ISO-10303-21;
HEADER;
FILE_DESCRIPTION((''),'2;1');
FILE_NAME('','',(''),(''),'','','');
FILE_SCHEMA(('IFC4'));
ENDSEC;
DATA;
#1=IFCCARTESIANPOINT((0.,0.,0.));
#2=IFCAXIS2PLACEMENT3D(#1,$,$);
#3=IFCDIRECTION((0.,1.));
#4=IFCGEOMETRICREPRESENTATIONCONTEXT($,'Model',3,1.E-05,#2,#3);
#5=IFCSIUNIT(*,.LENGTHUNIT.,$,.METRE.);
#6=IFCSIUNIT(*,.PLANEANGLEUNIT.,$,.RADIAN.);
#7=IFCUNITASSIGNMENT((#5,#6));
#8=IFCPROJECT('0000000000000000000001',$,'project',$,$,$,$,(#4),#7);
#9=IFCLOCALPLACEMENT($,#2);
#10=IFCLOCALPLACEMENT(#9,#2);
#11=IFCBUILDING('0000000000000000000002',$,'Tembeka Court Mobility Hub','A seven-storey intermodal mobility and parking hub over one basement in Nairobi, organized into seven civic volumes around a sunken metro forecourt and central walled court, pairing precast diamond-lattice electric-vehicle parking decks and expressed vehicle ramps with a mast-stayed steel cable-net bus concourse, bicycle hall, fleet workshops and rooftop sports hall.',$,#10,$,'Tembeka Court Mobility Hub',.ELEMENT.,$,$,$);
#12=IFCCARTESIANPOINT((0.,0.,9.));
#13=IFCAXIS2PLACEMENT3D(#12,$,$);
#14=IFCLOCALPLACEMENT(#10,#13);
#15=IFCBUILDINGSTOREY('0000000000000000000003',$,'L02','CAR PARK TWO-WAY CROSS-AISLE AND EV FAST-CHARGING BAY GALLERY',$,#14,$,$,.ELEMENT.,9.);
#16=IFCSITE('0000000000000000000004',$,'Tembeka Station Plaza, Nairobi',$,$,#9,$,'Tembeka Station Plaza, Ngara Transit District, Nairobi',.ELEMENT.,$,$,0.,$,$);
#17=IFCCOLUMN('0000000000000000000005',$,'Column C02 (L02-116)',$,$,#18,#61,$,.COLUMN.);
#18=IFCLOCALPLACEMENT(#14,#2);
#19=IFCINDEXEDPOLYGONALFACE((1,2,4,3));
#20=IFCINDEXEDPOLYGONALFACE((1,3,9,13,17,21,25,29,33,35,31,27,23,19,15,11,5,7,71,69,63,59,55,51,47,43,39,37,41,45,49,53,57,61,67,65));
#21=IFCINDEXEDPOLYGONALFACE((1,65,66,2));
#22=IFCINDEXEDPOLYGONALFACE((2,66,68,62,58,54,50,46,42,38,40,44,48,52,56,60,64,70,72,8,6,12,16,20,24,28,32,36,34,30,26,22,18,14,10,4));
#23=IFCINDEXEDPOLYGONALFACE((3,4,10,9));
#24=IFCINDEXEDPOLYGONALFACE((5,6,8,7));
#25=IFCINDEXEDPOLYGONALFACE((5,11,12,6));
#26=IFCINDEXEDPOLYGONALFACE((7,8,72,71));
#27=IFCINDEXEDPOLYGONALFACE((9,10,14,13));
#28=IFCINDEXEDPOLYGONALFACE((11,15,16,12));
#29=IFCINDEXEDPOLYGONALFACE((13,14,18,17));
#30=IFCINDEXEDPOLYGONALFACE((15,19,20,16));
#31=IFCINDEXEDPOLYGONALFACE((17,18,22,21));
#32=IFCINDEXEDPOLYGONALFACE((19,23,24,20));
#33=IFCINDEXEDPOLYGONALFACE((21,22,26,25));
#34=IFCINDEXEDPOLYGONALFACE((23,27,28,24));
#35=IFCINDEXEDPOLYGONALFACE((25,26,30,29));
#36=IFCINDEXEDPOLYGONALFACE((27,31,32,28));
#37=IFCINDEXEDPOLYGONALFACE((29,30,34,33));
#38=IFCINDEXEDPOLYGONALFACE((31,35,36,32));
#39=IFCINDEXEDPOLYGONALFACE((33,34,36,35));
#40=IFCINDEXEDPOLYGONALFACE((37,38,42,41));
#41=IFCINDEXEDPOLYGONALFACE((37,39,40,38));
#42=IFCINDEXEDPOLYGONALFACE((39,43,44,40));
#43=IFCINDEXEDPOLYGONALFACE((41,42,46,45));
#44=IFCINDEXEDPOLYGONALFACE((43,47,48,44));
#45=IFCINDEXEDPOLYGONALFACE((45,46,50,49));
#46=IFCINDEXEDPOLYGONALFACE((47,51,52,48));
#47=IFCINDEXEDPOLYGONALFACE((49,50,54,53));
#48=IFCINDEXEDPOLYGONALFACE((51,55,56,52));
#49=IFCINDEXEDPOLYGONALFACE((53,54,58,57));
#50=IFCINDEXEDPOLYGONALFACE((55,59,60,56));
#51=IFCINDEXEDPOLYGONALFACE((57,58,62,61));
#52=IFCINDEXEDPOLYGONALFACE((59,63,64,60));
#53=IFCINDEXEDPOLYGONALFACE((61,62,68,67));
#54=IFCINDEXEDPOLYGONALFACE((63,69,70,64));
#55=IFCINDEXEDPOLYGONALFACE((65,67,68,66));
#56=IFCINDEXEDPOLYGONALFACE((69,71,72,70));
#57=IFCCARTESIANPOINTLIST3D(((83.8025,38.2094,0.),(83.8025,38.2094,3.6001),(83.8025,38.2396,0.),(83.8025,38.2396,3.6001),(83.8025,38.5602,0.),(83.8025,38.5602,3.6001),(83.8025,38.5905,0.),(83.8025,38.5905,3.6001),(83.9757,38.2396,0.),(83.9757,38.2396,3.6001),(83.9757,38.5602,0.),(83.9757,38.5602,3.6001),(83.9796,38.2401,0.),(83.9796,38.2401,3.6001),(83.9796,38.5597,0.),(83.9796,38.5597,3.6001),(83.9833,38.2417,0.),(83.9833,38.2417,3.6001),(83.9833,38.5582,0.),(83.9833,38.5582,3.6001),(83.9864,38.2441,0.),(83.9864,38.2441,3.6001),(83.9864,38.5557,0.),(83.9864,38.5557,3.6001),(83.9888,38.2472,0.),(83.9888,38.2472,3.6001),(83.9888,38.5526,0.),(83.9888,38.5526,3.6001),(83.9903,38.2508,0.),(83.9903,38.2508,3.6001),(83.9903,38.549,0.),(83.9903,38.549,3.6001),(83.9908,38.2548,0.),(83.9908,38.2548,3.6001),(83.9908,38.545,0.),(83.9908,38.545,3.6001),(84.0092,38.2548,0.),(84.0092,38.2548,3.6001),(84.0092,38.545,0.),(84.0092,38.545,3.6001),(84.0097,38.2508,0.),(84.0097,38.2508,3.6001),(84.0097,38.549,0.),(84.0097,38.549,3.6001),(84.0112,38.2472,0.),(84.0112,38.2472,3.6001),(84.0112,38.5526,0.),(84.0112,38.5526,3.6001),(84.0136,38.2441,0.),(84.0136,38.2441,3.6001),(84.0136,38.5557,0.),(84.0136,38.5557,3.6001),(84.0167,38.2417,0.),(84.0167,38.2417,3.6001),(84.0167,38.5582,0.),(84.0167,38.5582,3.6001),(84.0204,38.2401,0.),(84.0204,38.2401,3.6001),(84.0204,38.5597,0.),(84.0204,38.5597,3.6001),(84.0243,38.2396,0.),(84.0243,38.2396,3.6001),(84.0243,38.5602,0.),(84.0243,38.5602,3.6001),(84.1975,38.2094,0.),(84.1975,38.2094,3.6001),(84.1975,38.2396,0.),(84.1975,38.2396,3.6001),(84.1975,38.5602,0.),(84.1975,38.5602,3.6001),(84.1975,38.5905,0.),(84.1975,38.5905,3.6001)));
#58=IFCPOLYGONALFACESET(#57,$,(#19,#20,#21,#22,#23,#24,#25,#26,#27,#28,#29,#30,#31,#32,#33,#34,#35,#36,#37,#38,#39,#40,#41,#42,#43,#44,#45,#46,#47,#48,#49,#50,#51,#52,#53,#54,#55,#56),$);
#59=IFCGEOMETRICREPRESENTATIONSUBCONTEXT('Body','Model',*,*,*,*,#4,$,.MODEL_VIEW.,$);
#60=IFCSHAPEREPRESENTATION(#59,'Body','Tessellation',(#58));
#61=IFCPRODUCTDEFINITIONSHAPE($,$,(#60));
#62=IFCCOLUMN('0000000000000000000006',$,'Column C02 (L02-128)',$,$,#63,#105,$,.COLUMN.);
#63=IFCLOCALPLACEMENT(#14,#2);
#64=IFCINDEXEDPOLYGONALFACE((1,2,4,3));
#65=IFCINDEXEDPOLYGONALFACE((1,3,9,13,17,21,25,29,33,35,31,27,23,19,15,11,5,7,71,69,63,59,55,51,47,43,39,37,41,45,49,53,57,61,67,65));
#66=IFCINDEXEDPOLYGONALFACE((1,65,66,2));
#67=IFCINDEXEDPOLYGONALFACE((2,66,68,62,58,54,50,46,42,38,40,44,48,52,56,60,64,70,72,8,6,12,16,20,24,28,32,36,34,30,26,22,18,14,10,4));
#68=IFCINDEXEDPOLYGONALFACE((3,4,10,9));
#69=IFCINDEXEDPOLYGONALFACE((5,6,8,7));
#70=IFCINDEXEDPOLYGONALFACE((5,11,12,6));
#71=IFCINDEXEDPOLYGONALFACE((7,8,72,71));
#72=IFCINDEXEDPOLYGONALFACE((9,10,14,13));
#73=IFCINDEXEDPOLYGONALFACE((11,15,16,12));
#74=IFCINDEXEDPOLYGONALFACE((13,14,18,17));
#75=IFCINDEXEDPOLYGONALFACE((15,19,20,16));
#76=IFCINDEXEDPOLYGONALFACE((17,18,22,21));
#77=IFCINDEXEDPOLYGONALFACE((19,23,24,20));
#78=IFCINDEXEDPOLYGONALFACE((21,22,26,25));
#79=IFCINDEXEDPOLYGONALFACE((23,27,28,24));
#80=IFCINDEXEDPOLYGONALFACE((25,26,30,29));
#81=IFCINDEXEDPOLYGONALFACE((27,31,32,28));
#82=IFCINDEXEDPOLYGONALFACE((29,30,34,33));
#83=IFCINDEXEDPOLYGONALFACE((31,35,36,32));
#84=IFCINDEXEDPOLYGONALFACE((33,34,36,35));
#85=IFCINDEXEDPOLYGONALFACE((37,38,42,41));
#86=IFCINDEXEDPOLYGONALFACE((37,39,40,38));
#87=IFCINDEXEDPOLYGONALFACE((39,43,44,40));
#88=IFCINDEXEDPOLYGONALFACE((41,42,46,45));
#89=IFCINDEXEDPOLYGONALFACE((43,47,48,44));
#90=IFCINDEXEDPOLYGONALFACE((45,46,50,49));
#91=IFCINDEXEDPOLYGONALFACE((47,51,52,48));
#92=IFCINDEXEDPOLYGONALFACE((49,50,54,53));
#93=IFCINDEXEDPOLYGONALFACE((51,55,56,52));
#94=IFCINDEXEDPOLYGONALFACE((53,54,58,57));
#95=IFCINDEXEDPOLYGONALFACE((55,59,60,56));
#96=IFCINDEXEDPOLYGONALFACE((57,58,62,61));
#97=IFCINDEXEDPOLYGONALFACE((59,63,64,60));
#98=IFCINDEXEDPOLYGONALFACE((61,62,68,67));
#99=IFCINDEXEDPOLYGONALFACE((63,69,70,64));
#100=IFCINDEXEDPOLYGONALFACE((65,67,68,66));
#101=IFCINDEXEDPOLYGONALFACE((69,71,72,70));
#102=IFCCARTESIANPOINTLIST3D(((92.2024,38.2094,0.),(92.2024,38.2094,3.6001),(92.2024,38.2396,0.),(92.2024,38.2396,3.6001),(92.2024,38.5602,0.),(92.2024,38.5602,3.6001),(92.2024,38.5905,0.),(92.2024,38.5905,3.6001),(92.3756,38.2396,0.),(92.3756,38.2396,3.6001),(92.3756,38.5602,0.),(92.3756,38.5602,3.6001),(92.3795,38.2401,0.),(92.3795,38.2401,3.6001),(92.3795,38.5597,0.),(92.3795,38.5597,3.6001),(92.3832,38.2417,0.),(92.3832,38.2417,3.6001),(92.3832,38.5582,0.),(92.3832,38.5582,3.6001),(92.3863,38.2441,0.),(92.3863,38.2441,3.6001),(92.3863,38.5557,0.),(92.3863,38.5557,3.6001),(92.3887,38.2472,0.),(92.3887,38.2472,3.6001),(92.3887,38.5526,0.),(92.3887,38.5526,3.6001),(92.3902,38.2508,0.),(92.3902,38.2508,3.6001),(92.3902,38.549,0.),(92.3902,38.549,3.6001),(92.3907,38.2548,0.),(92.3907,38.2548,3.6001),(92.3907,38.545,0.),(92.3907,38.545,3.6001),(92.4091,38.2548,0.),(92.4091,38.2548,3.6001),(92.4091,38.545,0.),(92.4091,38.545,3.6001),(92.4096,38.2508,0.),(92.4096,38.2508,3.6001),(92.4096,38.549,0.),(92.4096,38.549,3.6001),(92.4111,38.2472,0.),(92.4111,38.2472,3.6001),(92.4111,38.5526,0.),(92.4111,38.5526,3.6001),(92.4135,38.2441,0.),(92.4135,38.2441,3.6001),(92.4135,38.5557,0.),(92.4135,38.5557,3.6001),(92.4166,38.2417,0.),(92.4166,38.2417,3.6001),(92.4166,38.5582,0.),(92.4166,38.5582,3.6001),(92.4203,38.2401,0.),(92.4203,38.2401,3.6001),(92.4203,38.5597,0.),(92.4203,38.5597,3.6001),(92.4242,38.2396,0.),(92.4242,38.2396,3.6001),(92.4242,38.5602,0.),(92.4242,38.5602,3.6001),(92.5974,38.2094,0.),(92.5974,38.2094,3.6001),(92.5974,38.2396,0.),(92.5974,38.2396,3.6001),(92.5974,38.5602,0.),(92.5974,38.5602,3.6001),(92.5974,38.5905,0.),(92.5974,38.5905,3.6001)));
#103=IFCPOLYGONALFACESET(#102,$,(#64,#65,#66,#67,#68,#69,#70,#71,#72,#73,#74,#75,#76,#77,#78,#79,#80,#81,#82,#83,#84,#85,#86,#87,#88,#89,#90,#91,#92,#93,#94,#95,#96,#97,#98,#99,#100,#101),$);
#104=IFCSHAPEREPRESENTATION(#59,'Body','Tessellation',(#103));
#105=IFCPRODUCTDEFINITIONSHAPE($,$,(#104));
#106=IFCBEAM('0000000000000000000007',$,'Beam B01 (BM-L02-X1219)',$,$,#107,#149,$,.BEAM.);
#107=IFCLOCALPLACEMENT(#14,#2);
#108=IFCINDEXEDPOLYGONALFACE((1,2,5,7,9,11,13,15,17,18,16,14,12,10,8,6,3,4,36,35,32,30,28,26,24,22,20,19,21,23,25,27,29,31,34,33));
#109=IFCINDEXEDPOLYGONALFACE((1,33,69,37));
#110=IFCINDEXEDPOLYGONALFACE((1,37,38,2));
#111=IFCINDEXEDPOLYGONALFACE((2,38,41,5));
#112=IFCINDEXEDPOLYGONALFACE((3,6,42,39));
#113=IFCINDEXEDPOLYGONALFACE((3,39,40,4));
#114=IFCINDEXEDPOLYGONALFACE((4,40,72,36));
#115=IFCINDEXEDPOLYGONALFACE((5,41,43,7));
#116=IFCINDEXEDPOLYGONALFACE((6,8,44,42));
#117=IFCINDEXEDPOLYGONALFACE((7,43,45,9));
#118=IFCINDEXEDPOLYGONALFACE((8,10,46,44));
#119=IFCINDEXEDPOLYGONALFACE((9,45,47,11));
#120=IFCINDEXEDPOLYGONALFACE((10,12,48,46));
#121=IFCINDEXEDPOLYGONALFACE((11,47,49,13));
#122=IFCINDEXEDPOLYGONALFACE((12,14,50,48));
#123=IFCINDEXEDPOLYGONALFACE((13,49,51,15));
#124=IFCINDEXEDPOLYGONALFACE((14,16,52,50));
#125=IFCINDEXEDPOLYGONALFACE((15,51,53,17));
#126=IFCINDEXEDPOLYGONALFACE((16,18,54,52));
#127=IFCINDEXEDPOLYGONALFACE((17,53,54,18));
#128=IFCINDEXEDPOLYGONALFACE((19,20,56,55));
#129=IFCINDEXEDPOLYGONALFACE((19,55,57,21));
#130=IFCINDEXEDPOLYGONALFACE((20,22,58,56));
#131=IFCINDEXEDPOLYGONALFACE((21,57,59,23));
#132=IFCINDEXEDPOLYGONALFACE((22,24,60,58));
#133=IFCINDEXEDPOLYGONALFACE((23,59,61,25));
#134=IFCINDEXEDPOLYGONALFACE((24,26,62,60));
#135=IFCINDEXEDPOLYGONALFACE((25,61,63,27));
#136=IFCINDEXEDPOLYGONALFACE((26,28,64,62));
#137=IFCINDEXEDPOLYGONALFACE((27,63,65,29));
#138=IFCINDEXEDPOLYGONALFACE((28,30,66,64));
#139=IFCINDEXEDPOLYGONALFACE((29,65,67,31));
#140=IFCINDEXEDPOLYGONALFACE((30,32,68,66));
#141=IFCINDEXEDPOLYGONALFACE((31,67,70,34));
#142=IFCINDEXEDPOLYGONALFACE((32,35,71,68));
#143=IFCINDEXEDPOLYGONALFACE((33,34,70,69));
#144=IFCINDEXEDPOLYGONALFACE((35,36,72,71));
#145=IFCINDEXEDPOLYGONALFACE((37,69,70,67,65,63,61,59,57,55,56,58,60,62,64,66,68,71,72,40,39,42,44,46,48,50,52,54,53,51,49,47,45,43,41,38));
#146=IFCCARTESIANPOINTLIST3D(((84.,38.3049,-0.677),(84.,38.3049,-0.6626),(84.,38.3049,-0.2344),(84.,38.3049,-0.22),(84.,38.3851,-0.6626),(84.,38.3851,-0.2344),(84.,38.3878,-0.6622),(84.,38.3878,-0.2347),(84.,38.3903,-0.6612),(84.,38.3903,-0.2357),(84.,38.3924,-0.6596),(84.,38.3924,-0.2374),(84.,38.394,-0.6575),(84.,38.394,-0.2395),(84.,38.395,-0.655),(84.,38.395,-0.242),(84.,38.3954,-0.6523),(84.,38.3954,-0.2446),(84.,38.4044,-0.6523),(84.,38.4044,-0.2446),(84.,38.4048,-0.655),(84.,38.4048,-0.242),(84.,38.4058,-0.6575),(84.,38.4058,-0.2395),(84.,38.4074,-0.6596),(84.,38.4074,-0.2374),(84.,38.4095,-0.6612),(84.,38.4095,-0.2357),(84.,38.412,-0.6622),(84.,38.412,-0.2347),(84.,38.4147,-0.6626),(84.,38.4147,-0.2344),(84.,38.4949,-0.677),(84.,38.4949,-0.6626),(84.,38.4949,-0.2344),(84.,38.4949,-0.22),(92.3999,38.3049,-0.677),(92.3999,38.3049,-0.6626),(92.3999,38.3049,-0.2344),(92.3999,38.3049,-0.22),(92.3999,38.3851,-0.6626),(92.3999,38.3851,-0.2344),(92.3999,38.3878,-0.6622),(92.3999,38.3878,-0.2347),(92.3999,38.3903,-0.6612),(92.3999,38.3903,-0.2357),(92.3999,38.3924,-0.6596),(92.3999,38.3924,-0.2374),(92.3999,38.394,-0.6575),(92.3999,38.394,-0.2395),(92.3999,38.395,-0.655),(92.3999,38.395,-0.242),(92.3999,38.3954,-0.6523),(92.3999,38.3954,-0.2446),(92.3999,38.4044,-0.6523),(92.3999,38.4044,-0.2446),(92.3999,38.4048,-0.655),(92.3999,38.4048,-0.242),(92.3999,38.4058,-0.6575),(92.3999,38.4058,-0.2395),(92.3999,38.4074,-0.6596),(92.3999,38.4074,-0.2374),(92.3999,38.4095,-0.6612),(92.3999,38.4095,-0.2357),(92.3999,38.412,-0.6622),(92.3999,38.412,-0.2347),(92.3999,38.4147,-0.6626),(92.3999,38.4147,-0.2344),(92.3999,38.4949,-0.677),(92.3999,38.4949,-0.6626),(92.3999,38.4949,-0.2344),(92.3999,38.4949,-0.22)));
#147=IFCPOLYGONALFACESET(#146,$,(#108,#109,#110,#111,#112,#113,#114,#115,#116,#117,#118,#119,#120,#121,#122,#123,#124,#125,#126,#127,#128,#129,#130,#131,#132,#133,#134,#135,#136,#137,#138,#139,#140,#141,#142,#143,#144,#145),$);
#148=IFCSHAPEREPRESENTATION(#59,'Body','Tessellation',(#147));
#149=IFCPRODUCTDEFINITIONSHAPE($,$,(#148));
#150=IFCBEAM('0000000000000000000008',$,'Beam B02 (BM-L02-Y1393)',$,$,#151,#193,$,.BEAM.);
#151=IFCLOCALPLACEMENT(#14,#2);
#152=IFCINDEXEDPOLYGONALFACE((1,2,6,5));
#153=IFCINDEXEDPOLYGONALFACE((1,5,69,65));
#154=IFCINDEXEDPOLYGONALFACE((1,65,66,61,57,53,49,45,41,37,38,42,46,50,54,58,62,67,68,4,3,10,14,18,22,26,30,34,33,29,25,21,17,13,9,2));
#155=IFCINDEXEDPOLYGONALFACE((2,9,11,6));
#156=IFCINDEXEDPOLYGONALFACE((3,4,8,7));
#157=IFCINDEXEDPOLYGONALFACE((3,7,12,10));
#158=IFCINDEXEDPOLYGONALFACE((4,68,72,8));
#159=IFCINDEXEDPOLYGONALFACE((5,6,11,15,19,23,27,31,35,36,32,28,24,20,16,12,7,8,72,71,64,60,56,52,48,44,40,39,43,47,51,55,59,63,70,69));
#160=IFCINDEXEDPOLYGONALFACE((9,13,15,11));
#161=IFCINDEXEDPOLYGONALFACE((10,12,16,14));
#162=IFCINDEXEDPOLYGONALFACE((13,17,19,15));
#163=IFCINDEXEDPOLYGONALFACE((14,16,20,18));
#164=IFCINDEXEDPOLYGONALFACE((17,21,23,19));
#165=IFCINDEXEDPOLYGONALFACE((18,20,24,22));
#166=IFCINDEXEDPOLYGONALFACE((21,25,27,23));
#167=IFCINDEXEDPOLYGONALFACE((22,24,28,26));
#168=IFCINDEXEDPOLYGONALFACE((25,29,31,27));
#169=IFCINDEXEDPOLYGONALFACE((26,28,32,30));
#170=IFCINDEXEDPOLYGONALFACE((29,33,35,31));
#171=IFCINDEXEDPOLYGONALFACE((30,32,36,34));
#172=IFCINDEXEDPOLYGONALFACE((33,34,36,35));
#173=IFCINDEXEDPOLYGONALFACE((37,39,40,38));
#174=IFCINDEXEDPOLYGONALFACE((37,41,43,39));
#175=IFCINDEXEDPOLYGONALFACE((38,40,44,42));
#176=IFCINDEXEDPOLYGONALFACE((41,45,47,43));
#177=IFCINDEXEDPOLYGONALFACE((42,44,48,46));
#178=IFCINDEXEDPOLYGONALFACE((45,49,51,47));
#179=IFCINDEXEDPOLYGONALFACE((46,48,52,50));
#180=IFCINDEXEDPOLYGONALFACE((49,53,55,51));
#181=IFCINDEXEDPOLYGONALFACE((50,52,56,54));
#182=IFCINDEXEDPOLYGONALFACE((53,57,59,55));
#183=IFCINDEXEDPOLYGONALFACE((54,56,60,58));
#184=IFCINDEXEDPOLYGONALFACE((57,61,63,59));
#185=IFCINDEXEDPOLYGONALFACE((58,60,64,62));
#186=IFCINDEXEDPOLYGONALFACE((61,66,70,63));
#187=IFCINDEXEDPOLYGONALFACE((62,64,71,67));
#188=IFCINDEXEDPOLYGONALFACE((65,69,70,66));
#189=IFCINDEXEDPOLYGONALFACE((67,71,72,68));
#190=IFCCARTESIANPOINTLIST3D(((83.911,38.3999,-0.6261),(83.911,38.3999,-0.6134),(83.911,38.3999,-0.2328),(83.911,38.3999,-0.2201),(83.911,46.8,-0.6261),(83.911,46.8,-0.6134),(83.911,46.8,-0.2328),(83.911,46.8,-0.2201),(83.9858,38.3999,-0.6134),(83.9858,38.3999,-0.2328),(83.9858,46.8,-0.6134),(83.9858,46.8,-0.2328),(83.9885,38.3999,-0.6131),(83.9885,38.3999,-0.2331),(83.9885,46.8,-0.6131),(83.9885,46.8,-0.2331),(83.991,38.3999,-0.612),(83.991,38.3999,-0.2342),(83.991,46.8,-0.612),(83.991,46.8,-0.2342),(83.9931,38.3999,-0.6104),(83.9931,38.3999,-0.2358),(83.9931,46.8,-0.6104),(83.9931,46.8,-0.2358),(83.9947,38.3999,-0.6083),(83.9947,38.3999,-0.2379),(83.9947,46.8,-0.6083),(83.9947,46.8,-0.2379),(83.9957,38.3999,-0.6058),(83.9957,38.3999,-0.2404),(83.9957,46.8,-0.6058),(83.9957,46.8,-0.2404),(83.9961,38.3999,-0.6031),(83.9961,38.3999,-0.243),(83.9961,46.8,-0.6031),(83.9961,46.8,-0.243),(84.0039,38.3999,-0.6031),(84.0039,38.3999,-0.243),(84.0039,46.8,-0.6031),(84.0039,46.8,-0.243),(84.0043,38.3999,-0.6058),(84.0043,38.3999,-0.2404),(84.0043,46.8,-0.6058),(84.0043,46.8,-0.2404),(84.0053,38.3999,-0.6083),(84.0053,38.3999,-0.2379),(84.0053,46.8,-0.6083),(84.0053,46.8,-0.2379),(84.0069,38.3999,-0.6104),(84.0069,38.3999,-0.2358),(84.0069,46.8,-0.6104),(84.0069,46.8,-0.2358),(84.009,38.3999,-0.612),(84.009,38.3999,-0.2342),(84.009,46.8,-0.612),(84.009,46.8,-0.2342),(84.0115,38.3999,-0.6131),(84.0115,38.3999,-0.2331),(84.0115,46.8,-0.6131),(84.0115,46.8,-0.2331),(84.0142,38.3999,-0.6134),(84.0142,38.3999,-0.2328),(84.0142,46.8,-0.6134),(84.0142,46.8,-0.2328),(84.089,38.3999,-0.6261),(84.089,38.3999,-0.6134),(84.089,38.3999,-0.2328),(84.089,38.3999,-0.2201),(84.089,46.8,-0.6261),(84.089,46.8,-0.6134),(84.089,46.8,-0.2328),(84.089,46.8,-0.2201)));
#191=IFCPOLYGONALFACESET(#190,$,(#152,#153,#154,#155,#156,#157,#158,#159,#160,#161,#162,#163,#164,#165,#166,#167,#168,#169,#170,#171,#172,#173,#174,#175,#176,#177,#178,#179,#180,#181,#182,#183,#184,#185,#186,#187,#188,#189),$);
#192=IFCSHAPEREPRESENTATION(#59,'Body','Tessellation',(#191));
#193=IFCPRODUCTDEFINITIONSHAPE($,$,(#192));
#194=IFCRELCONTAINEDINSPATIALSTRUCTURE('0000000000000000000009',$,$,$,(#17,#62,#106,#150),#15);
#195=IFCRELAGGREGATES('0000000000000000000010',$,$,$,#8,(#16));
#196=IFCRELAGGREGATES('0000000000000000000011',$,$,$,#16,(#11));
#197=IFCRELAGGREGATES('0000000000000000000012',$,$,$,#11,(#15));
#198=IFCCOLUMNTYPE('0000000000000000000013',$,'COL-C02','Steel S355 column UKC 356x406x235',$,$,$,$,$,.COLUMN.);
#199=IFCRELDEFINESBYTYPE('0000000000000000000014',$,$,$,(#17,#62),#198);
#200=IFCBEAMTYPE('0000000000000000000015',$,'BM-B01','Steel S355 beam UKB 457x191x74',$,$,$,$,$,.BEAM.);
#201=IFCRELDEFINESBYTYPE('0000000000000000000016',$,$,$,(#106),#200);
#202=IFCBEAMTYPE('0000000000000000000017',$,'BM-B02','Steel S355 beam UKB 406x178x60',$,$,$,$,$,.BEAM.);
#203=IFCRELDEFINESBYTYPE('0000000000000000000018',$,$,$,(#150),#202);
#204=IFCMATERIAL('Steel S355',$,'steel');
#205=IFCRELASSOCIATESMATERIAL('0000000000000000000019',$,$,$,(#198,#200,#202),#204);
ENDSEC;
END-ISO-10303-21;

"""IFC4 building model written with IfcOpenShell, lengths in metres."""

from ifc_helpers import new_model, si_unit, direction, frame, origin, origin_2d, place, context, subcontext, project, spatial, i_section, extrude, material, material_profile, profile_set, type_object, element, save


model = new_model("IFC4")

# Units and contexts
model_context = context("Model", 3, precision=1e-05, world=origin(), true_north=direction((0.0, 1.0)))
body_context = subcontext(model_context, "Body", "Model", "MODEL_VIEW")
ifc_project = project(units=[si_unit("LENGTHUNIT", "METRE"), si_unit("PLANEANGLEUNIT", "RADIAN")], contexts=[model_context])

# Site, building, storey
site_placement = place(None, origin())
site = spatial("IfcSite", under=ifc_project, at=site_placement, Name="Tembeka Station Plaza, Nairobi", LongName="Tembeka Station Plaza, Ngara Transit District, Nairobi", CompositionType="ELEMENT", RefElevation=0.0)
building_placement = place(site_placement, origin())
building = spatial("IfcBuilding", under=site, at=building_placement, Name="Tembeka Court Mobility Hub", Description="A seven-storey intermodal mobility and parking hub over one basement in Nairobi, organized into seven civic volumes around a sunken metro forecourt and central walled court, pairing precast diamond-lattice electric-vehicle parking decks and expressed vehicle ramps with a mast-stayed steel cable-net bus concourse, bicycle hall, fleet workshops and rooftop sports hall.", LongName="Tembeka Court Mobility Hub", CompositionType="ELEMENT")
storey_placement = place(building_placement, frame((0.0, 0.0, 9.0)))
storey = spatial("IfcBuildingStorey", under=building, at=storey_placement, Name="L02", Description="CAR PARK TWO-WAY CROSS-AISLE AND EV FAST-CHARGING BAY GALLERY", CompositionType="ELEMENT", Elevation=9.0)

# Columns
ifc_material_1 = material(Name="Steel S355", Category="steel")
ifc_material_profile_1 = material_profile(ifc_material_1, i_section(OverallWidth=0.395, OverallDepth=0.3811, WebThickness=0.0183, FlangeThickness=0.0303, FilletRadius=0.0151, at=origin_2d()), Name="UKC 356x406x235")
ifc_profile_set_1 = profile_set([ifc_material_profile_1], Name="Steel S355")
column_type = type_object("IfcColumnType", Name="COL-C02", Description="Steel S355 column UKC 356x406x235", PredefinedType="COLUMN", material=ifc_profile_set_1)
for number, where, z_axis, x_axis, name in (
    (1, (84.0, 38.3999, 0.0), (0.0, 0.0, 1.0), (1.0, 0.0, 0.0), "Column C02 (L02-116)"),
    (2, (92.3999, 38.3999, 0.0), (0.0, 0.0, 1.0), (1.0, 0.0, 0.0), "Column C02 (L02-128)"),
):
    element("IfcColumn", number, at=place(storey_placement, frame(where, z_axis=z_axis, x_axis=x_axis)), inside=storey, type_object=column_type, Name=name, PredefinedType="COLUMN", context=body_context, shape_type="SweptSolid", body=[
        extrude(i_section(OverallWidth=0.395, OverallDepth=0.3811, WebThickness=0.0183, FlangeThickness=0.0303, FilletRadius=0.0151, at=origin_2d()), origin(), (0.0, 0.0, 1.0), 3.6001),
    ])

# Beams
ifc_material_profile_2 = material_profile(ifc_material_1, i_section(OverallWidth=0.1899, OverallDepth=0.457, WebThickness=0.009, FlangeThickness=0.0144, FilletRadius=0.0103, at=origin_2d()), Name="UKB 457x191x74")
ifc_profile_set_2 = profile_set([ifc_material_profile_2], Name="Steel S355")
beam_type_1 = type_object("IfcBeamType", Name="BM-B01", Description="Steel S355 beam UKB 457x191x74", PredefinedType="BEAM", material=ifc_profile_set_2)
beam_1_placement = place(storey_placement, frame((84.0, 38.3999, -0.4485), z_axis=(1.0, 0.0, 0.0), x_axis=(0.0, 1.0, 0.0)))
element("IfcBeam", 3, at=beam_1_placement, inside=storey, type_object=beam_type_1, Name="Beam B01 (BM-L02-X1219)", PredefinedType="BEAM", context=body_context, shape_type="SweptSolid", body=[
    extrude(i_section(OverallWidth=0.1899, OverallDepth=0.457, WebThickness=0.009, FlangeThickness=0.0144, FilletRadius=0.0103, at=origin_2d()), origin(), (0.0, 0.0, 1.0), 8.3999),
])
ifc_material_profile_3 = material_profile(ifc_material_1, i_section(OverallWidth=0.178, OverallDepth=0.406, WebThickness=0.0078, FlangeThickness=0.0127, FilletRadius=0.0103, at=origin_2d()), Name="UKB 406x178x60")
ifc_profile_set_3 = profile_set([ifc_material_profile_3], Name="Steel S355")
beam_type_2 = type_object("IfcBeamType", Name="BM-B02", Description="Steel S355 beam UKB 406x178x60", PredefinedType="BEAM", material=ifc_profile_set_3)
beam_2_placement = place(storey_placement, frame((84.0, 38.3999, -0.4231), z_axis=(0.0, 1.0, 0.0), x_axis=(-1.0, 0.0, 0.0)))
element("IfcBeam", 4, at=beam_2_placement, inside=storey, type_object=beam_type_2, Name="Beam B02 (BM-L02-Y1393)", PredefinedType="BEAM", context=body_context, shape_type="SweptSolid", body=[
    extrude(i_section(OverallWidth=0.178, OverallDepth=0.406, WebThickness=0.0078, FlangeThickness=0.0127, FilletRadius=0.0103, at=origin_2d()), origin(), (0.0, 0.0, 1.0), 8.4001),
])

save(model, "model.ifc")
